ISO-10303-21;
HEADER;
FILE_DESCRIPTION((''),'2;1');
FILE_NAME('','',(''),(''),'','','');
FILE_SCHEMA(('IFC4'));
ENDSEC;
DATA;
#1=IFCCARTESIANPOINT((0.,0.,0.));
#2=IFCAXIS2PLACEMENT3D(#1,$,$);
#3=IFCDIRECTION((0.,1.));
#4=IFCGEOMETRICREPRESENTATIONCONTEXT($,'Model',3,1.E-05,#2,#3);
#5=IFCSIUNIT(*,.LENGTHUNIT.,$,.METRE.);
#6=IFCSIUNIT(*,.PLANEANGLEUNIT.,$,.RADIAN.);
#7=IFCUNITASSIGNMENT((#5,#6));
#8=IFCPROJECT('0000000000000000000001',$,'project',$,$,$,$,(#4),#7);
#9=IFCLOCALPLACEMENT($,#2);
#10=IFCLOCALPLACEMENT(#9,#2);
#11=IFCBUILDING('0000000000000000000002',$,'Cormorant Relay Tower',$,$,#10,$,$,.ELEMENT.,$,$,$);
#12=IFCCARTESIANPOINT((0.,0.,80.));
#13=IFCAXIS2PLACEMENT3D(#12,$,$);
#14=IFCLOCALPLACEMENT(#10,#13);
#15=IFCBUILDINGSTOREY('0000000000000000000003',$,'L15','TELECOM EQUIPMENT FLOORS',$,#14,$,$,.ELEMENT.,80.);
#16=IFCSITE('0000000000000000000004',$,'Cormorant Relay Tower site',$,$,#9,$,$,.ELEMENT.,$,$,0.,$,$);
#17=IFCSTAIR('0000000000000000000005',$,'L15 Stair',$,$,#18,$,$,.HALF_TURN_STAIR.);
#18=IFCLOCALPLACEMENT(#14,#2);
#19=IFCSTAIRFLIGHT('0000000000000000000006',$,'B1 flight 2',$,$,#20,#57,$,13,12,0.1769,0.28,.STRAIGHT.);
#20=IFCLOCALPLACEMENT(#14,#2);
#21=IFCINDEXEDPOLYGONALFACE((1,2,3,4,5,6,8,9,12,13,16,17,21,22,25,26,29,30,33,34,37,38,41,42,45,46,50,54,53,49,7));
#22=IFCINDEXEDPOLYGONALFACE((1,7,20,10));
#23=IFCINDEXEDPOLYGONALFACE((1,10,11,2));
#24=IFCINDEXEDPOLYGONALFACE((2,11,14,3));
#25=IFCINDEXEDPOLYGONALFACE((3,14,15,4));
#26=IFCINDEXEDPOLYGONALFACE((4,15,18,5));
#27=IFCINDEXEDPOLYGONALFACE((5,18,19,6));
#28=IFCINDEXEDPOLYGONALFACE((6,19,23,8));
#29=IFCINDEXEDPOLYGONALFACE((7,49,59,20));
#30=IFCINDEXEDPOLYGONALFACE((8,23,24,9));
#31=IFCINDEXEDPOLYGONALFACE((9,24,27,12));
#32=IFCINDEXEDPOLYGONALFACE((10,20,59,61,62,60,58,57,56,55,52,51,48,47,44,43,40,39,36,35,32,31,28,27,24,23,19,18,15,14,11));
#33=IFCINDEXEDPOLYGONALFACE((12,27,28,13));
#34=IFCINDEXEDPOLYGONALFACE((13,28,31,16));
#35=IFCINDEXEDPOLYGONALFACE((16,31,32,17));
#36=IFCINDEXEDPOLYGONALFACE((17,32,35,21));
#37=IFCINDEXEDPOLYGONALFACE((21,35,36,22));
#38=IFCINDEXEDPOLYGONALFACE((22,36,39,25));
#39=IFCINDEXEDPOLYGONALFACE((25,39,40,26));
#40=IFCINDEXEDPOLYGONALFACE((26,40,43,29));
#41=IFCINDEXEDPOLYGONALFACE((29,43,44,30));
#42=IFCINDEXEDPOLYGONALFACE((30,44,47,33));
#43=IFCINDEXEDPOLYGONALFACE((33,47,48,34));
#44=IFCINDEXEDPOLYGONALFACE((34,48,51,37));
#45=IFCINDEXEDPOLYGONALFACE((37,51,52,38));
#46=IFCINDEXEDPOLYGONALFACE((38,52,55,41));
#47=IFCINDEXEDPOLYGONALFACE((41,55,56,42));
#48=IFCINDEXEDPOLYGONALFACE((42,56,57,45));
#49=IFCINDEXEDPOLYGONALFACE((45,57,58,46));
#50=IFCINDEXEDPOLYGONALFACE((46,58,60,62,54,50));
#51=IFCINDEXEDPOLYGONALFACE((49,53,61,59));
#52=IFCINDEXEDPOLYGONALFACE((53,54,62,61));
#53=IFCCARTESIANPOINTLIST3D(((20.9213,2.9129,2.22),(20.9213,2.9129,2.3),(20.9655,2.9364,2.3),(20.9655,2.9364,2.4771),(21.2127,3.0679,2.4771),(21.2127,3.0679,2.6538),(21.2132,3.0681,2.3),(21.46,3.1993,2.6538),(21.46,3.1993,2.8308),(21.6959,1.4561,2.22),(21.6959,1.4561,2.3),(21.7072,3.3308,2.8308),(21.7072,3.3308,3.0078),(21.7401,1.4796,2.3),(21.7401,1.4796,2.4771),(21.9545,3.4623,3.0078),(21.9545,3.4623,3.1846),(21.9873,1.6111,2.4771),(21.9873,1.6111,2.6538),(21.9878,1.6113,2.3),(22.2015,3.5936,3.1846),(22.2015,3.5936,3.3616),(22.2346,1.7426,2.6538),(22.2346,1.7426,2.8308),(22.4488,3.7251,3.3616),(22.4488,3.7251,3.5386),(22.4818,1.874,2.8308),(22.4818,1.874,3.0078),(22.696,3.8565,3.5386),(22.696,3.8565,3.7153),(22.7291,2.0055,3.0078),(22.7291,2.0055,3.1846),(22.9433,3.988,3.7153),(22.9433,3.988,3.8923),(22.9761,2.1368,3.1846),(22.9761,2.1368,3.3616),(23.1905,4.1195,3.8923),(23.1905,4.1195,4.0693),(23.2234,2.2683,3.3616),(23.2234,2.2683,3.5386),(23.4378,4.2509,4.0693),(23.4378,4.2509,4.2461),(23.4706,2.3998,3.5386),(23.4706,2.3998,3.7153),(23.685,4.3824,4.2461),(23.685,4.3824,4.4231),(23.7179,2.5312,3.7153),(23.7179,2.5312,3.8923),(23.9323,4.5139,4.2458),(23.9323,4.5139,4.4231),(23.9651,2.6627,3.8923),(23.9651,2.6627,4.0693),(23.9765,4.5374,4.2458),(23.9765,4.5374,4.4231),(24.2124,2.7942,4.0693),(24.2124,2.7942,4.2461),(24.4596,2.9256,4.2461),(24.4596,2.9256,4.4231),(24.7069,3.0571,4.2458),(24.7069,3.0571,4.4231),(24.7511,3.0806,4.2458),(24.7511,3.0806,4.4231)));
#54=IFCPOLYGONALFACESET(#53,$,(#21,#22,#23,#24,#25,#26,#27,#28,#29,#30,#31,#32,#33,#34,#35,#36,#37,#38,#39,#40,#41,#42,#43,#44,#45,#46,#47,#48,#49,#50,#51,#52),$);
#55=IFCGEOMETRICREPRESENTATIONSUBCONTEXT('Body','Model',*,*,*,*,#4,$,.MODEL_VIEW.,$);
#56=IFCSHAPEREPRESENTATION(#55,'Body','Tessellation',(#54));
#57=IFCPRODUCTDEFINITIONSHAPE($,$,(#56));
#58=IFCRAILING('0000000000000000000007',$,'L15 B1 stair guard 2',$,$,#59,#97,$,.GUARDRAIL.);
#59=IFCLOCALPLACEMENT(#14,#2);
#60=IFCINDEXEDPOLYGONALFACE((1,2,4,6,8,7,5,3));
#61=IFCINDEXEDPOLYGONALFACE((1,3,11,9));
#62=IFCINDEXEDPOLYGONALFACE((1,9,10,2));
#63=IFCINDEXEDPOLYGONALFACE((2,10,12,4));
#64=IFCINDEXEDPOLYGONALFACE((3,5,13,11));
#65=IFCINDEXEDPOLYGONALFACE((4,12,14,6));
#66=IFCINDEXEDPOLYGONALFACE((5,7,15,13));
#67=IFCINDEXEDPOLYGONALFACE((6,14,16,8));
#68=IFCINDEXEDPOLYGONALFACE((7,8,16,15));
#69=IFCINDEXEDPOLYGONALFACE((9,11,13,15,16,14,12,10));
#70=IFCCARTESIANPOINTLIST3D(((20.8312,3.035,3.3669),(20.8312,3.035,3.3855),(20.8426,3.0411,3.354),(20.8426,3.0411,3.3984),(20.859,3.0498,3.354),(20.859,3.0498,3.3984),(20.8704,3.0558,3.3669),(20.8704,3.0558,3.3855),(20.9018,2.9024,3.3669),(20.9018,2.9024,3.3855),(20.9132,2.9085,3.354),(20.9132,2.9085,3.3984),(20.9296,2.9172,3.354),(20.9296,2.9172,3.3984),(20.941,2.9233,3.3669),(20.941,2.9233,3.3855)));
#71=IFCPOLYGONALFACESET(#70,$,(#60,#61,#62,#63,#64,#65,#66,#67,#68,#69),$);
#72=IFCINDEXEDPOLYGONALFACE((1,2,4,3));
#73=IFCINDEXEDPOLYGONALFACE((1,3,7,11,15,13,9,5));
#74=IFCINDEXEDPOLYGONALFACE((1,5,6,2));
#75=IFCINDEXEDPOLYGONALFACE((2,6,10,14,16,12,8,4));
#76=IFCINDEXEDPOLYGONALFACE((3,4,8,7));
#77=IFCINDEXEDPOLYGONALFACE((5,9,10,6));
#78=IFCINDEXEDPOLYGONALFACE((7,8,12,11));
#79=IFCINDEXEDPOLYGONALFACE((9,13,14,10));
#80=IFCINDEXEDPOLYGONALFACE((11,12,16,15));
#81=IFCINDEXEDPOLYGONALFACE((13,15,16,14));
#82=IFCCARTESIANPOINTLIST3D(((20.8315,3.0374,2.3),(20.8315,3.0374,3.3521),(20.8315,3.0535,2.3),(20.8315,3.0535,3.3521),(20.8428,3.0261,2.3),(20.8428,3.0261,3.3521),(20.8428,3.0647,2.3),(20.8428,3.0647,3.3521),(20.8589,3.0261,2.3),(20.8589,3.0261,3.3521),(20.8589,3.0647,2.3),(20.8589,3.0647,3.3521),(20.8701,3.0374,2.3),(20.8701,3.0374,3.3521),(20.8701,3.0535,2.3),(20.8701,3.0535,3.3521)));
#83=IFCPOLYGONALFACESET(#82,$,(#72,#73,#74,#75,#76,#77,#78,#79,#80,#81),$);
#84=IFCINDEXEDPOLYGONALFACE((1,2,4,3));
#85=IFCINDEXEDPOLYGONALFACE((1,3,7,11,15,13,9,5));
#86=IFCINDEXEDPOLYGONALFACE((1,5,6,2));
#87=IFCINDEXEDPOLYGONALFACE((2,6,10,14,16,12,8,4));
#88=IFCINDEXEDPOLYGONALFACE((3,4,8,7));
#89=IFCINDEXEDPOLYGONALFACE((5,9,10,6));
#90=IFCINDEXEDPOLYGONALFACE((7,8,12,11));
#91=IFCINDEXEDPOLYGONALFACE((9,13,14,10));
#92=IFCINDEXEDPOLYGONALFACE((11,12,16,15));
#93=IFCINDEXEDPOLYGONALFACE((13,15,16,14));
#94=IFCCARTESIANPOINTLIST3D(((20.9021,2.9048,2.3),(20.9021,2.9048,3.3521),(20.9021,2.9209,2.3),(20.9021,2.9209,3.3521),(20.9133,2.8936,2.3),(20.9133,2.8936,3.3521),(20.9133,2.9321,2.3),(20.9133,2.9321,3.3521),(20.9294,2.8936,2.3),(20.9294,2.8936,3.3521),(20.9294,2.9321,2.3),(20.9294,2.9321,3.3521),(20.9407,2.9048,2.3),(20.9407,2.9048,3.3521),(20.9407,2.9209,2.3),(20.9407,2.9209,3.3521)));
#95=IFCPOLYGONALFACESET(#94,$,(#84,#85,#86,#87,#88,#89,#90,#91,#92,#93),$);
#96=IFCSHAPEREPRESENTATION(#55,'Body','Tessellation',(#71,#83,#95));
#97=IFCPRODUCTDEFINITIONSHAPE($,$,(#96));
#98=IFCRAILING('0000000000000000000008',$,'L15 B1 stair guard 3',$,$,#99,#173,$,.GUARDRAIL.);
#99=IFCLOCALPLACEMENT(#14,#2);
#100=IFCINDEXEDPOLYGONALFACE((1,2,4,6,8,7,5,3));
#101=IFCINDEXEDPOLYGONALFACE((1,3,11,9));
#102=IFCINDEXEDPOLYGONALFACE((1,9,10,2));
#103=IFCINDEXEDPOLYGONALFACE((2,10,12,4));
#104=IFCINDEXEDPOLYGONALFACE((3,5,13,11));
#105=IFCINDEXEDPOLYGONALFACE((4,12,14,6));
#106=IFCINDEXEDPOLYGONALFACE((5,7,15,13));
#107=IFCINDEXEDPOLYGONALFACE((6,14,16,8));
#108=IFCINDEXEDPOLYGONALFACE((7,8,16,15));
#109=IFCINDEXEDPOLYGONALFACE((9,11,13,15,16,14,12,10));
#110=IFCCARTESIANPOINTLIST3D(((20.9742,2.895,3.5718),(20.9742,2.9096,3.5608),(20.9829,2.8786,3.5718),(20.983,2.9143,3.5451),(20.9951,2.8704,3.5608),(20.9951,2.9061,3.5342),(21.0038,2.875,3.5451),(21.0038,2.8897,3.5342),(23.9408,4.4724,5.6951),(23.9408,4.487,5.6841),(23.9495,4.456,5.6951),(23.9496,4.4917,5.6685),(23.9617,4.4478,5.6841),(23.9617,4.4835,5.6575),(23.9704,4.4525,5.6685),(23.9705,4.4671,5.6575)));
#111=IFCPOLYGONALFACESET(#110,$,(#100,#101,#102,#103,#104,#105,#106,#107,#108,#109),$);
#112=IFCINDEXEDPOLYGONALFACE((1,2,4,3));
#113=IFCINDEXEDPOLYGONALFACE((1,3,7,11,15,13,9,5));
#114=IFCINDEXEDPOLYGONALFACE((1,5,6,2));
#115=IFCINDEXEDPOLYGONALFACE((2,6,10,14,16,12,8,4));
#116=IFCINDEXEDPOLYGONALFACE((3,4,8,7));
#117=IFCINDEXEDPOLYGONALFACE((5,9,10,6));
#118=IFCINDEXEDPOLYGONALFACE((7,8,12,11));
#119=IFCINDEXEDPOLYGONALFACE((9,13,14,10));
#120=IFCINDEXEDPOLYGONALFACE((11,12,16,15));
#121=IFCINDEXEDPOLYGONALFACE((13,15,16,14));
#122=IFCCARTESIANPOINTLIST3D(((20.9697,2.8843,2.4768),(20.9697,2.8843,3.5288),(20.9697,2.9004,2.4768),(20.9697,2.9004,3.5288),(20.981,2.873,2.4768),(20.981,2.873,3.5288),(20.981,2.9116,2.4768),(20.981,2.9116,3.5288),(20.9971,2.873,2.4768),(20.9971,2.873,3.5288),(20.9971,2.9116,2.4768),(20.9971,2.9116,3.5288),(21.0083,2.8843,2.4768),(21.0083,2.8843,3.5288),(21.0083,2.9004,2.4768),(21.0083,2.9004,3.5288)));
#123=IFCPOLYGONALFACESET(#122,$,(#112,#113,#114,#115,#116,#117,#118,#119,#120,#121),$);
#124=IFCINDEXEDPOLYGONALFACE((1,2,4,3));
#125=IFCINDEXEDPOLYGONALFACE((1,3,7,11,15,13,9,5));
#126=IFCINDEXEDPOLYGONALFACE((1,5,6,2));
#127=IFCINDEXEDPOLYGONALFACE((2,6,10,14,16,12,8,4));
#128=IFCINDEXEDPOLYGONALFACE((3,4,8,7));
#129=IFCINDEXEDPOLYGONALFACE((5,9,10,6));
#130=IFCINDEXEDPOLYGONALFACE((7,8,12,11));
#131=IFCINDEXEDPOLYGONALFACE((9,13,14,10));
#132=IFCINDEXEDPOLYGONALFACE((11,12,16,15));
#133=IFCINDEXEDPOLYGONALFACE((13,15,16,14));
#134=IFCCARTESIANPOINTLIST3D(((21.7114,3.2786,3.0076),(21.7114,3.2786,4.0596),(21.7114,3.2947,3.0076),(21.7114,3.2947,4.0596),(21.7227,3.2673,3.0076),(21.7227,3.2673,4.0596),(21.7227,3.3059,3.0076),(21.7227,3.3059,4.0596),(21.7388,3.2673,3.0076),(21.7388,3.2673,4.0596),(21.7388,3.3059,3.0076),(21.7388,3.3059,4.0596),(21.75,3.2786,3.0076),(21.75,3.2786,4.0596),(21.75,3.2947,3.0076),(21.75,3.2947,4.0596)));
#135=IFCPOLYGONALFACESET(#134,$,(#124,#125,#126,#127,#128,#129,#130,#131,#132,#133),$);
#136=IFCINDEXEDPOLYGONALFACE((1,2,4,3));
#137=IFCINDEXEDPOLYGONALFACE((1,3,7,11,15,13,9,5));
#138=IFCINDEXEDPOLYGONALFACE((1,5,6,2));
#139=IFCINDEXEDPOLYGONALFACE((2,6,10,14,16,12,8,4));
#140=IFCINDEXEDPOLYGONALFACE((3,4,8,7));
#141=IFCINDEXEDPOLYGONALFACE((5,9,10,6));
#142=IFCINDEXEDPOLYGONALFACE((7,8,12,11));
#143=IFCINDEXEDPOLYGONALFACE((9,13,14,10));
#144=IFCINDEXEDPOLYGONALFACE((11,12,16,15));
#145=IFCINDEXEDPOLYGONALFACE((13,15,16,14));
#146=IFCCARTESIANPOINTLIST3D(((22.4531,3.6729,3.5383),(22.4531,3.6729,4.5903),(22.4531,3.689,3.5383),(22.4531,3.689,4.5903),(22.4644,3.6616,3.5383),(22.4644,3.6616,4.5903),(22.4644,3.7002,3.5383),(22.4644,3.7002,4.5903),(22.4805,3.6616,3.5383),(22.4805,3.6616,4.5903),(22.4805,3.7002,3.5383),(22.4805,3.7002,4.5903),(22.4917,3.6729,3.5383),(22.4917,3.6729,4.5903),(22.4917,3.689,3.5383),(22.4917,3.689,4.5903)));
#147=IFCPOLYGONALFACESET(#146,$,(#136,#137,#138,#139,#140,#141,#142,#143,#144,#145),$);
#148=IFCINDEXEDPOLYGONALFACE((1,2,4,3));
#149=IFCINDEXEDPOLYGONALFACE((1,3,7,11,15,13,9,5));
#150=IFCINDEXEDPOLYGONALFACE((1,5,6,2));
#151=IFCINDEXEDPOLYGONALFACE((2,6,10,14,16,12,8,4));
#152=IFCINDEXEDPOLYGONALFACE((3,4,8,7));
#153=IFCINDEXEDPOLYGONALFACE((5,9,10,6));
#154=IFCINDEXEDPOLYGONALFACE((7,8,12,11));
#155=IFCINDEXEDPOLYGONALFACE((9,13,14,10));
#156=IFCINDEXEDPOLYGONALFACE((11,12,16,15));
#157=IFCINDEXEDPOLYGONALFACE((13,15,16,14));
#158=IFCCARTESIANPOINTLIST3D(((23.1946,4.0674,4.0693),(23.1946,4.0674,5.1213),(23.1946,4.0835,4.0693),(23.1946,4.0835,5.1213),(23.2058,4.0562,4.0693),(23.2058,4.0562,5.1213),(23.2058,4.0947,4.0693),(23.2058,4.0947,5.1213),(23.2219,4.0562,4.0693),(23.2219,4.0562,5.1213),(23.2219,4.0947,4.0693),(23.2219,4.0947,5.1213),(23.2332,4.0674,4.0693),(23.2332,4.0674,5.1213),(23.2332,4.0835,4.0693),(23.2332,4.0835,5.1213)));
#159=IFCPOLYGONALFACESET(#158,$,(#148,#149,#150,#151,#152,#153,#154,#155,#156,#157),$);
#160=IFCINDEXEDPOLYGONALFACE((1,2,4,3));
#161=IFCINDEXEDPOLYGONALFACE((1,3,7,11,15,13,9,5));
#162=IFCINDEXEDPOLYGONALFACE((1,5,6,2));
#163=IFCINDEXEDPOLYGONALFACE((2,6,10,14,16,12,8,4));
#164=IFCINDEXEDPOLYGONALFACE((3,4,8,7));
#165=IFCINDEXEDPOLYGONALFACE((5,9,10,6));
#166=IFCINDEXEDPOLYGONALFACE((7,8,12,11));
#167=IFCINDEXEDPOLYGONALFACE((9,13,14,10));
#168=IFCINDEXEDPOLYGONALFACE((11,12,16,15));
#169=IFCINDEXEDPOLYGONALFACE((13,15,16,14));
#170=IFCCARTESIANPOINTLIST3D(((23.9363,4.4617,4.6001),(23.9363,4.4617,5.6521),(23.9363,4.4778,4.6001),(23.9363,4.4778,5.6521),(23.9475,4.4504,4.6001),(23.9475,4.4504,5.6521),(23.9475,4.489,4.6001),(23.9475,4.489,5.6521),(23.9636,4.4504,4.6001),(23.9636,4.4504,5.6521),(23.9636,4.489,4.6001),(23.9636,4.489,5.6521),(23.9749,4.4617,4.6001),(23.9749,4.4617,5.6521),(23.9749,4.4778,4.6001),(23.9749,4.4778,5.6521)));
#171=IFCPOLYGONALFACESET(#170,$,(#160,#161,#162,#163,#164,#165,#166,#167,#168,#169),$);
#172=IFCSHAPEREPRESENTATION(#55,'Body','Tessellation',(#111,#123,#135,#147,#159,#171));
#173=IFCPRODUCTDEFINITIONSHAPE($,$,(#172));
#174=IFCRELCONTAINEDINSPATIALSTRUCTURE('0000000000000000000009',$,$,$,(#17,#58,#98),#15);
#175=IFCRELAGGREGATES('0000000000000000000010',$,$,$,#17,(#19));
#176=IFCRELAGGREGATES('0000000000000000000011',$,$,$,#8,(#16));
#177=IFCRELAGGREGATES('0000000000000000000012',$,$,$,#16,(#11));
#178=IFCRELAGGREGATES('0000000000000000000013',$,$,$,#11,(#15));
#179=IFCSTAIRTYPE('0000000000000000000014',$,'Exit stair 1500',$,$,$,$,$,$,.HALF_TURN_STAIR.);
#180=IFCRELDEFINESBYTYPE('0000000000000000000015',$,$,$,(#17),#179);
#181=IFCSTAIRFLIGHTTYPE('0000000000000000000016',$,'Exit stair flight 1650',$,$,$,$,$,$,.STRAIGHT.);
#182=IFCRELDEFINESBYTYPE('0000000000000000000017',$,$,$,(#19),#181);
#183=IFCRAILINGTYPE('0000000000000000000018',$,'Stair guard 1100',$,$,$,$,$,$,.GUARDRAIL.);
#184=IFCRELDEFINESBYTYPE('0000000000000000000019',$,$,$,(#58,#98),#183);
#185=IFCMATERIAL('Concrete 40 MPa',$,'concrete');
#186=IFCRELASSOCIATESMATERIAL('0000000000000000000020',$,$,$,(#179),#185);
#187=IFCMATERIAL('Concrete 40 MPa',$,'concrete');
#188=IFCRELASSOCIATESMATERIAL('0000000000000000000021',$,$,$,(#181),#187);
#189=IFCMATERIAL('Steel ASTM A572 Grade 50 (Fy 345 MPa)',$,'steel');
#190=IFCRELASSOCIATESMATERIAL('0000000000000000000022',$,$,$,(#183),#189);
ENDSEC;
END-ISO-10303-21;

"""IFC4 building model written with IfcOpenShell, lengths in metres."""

from ifc_helpers import new_model, si_unit, direction, frame, origin, place, context, subcontext, project, spatial, polyline, outline, extrude, material, type_object, element, aggregate, save


model = new_model("IFC4")

# Units and contexts
model_context = context("Model", 3, precision=1e-05, world=origin(), true_north=direction((0.0, 1.0)))
body_context = subcontext(model_context, "Body", "Model", "MODEL_VIEW")
ifc_project = project(units=[si_unit("LENGTHUNIT", "METRE"), si_unit("PLANEANGLEUNIT", "RADIAN")], contexts=[model_context])

# Site, building, storey
site_placement = place(None, origin())
site = spatial("IfcSite", under=ifc_project, at=site_placement, Name="Cormorant Relay Tower site", CompositionType="ELEMENT", RefElevation=0.0)
building_placement = place(site_placement, origin())
building = spatial("IfcBuilding", under=site, at=building_placement, Name="Cormorant Relay Tower", CompositionType="ELEMENT")
storey_placement = place(building_placement, frame((0.0, 0.0, 80.0)))
storey = spatial("IfcBuildingStorey", under=building, at=storey_placement, Name="L15", Description="TELECOM EQUIPMENT FLOORS", CompositionType="ELEMENT", Elevation=80.0)

# Stair, stair flight
ifc_material_1 = material(Name="Concrete 40 MPa", Category="concrete")
stair_type = type_object("IfcStairType", Name="Exit stair 1500", PredefinedType="HALF_TURN_STAIR", material=ifc_material_1)
stair_placement = place(storey_placement, origin())
stair = element("IfcStair", 1, at=stair_placement, inside=storey, type_object=stair_type, Name="L15 Stair", PredefinedType="HALF_TURN_STAIR")
ifc_material_2 = material(Name="Concrete 40 MPa", Category="concrete")
stair_flight_type = type_object("IfcStairFlightType", Name="Exit stair flight 1650", PredefinedType="STRAIGHT", material=ifc_material_2)
stair_flight_placement = place(storey_placement, frame((21.3528, 2.208, 2.3), z_axis=(0.0, 0.0, 1.0), x_axis=(0.882948, 0.469472, 0.0)))
stair_flight = element("IfcStairFlight", 2, at=stair_flight_placement, type_object=stair_flight_type, Name="B1 flight 2", NumberOfRisers=13, NumberOfTreads=12, PredefinedType="STRAIGHT", RiserHeight=0.1769, TreadLength=0.28, context=body_context, shape_type="SweptSolid", body=[
    extrude(outline(polyline([(-0.05, -0.0801), (-0.05, 0.0), (0.0, 0.0), (0.0, 0.177), (0.28, 0.177), (0.28, 0.3538), (0.5601, 0.3538), (0.5601, 0.5308), (0.8401, 0.5308), (0.8401, 0.7078), (1.1201, 0.7078), (1.1201, 0.8845), (1.3999, 0.8845), (1.3999, 1.0615), (1.6799, 1.0615), (1.6799, 1.2385), (1.96, 1.2385), (1.96, 1.4153), (2.24, 1.4153), (2.24, 1.5923), (2.52, 1.5923), (2.52, 1.7693), (2.8, 1.7693), (2.8, 1.946), (3.0801, 1.946), (3.0801, 2.123), (3.3601, 2.123), (3.4102, 2.123), (3.4102, 1.9458), (3.3601, 1.9458), (0.2805, 0.0), (-0.05, -0.0801)])), frame((0.0, 0.825, 0.0), z_axis=(0.0, -1.0, 0.0), x_axis=(1.0, 0.0, 0.0)), (0.0, 0.0, 1.0), 1.6499),
])
aggregate(stair, [stair_flight])

# Railings
ifc_material_3 = material(Name="Steel ASTM A572 Grade 50 (Fy 345 MPa)", Category="steel")
railing_type = type_object("IfcRailingType", Name="Stair guard 1100", PredefinedType="GUARDRAIL", material=ifc_material_3)
railing_1_placement = place(storey_placement, frame((20.8508, 3.0454, 2.3)))
element("IfcRailing", 3, at=railing_1_placement, inside=storey, type_object=railing_type, Name="L15 B1 stair guard 2", PredefinedType="GUARDRAIL", context=body_context, shape_type="SweptSolid", body=[
    extrude(outline(polyline([(0.0222, 0.0093), (0.0093, 0.0222), (-0.0093, 0.0222), (-0.0222, 0.0093), (-0.0222, -0.0093), (-0.0093, -0.0222), (0.0093, -0.0222), (0.0222, -0.0093), (0.0222, 0.0093)])), frame((0.0, 0.0, 1.0762), z_axis=(0.469829, -0.882758, 0.0), x_axis=(0.882758, 0.469829, 0.0)), (0.0, 0.0, 1.0), 0.1501),
    extrude(outline(polyline([(0.0193, 0.0081), (0.0081, 0.0193), (-0.0081, 0.0193), (-0.0193, 0.0081), (-0.0193, -0.0081), (-0.0081, -0.0193), (0.0081, -0.0193), (0.0193, -0.0081), (0.0193, 0.0081)])), origin(), (0.0, 0.0, 1.0), 1.052),
    extrude(outline(polyline([(0.0193, 0.0081), (0.0081, 0.0193), (-0.0081, 0.0193), (-0.0193, 0.0081), (-0.0193, -0.0081), (-0.0081, -0.0193), (0.0081, -0.0193), (0.0193, -0.0081), (0.0193, 0.0081)])), frame((0.0706, -0.1326, 0.0)), (0.0, 0.0, 1.0), 1.052),
])
railing_2_placement = place(storey_placement, frame((20.989, 2.8923, 2.4768)))
element("IfcRailing", 4, at=railing_2_placement, inside=storey, type_object=railing_type, Name="L15 B1 stair guard 3", PredefinedType="GUARDRAIL", context=body_context, shape_type="SweptSolid", body=[
    extrude(outline(polyline([(0.0222, 0.0093), (0.0093, 0.0222), (-0.0093, 0.0222), (-0.0222, 0.0093), (-0.0222, -0.0093), (-0.0093, -0.0222), (0.0093, -0.0222), (0.0222, -0.0093), (0.0222, 0.0093)])), frame((0.0, 0.0, 1.0762), z_axis=(0.746389, 0.396874, 0.534223), x_axis=(-0.469483, 0.882942, 0.0)), (0.0, 0.0, 1.0), 3.9746),
    extrude(outline(polyline([(0.0193, 0.0081), (0.0081, 0.0193), (-0.0081, 0.0193), (-0.0193, 0.0081), (-0.0193, -0.0081), (-0.0081, -0.0193), (0.0081, -0.0193), (0.0193, -0.0081), (0.0193, 0.0081)])), origin(), (0.0, 0.0, 1.0), 1.052),
    extrude(outline(polyline([(0.0193, 0.0081), (0.0081, 0.0193), (-0.0081, 0.0193), (-0.0193, 0.0081), (-0.0193, -0.0081), (-0.0081, -0.0193), (0.0081, -0.0193), (0.0193, -0.0081), (0.0193, 0.0081)])), frame((0.7417, 0.3943, 0.5308)), (0.0, 0.0, 1.0), 1.052),
    extrude(outline(polyline([(0.0193, 0.0081), (0.0081, 0.0193), (-0.0081, 0.0193), (-0.0193, 0.0081), (-0.0193, -0.0081), (-0.0081, -0.0193), (0.0081, -0.0193), (0.0193, -0.0081), (0.0193, 0.0081)])), frame((1.4834, 0.7886, 1.0615)), (0.0, 0.0, 1.0), 1.052),
    extrude(outline(polyline([(0.0193, 0.0081), (0.0081, 0.0193), (-0.0081, 0.0193), (-0.0193, 0.0081), (-0.0193, -0.0081), (-0.0081, -0.0193), (0.0081, -0.0193), (0.0193, -0.0081), (0.0193, 0.0081)])), frame((2.2249, 1.1831, 1.5925)), (0.0, 0.0, 1.0), 1.052),
    extrude(outline(polyline([(0.0193, 0.0081), (0.0081, 0.0193), (-0.0081, 0.0193), (-0.0193, 0.0081), (-0.0193, -0.0081), (-0.0081, -0.0193), (0.0081, -0.0193), (0.0193, -0.0081), (0.0193, 0.0081)])), frame((2.9666, 1.5774, 2.1233)), (0.0, 0.0, 1.0), 1.052),
])

save(model, "model.ifc")
